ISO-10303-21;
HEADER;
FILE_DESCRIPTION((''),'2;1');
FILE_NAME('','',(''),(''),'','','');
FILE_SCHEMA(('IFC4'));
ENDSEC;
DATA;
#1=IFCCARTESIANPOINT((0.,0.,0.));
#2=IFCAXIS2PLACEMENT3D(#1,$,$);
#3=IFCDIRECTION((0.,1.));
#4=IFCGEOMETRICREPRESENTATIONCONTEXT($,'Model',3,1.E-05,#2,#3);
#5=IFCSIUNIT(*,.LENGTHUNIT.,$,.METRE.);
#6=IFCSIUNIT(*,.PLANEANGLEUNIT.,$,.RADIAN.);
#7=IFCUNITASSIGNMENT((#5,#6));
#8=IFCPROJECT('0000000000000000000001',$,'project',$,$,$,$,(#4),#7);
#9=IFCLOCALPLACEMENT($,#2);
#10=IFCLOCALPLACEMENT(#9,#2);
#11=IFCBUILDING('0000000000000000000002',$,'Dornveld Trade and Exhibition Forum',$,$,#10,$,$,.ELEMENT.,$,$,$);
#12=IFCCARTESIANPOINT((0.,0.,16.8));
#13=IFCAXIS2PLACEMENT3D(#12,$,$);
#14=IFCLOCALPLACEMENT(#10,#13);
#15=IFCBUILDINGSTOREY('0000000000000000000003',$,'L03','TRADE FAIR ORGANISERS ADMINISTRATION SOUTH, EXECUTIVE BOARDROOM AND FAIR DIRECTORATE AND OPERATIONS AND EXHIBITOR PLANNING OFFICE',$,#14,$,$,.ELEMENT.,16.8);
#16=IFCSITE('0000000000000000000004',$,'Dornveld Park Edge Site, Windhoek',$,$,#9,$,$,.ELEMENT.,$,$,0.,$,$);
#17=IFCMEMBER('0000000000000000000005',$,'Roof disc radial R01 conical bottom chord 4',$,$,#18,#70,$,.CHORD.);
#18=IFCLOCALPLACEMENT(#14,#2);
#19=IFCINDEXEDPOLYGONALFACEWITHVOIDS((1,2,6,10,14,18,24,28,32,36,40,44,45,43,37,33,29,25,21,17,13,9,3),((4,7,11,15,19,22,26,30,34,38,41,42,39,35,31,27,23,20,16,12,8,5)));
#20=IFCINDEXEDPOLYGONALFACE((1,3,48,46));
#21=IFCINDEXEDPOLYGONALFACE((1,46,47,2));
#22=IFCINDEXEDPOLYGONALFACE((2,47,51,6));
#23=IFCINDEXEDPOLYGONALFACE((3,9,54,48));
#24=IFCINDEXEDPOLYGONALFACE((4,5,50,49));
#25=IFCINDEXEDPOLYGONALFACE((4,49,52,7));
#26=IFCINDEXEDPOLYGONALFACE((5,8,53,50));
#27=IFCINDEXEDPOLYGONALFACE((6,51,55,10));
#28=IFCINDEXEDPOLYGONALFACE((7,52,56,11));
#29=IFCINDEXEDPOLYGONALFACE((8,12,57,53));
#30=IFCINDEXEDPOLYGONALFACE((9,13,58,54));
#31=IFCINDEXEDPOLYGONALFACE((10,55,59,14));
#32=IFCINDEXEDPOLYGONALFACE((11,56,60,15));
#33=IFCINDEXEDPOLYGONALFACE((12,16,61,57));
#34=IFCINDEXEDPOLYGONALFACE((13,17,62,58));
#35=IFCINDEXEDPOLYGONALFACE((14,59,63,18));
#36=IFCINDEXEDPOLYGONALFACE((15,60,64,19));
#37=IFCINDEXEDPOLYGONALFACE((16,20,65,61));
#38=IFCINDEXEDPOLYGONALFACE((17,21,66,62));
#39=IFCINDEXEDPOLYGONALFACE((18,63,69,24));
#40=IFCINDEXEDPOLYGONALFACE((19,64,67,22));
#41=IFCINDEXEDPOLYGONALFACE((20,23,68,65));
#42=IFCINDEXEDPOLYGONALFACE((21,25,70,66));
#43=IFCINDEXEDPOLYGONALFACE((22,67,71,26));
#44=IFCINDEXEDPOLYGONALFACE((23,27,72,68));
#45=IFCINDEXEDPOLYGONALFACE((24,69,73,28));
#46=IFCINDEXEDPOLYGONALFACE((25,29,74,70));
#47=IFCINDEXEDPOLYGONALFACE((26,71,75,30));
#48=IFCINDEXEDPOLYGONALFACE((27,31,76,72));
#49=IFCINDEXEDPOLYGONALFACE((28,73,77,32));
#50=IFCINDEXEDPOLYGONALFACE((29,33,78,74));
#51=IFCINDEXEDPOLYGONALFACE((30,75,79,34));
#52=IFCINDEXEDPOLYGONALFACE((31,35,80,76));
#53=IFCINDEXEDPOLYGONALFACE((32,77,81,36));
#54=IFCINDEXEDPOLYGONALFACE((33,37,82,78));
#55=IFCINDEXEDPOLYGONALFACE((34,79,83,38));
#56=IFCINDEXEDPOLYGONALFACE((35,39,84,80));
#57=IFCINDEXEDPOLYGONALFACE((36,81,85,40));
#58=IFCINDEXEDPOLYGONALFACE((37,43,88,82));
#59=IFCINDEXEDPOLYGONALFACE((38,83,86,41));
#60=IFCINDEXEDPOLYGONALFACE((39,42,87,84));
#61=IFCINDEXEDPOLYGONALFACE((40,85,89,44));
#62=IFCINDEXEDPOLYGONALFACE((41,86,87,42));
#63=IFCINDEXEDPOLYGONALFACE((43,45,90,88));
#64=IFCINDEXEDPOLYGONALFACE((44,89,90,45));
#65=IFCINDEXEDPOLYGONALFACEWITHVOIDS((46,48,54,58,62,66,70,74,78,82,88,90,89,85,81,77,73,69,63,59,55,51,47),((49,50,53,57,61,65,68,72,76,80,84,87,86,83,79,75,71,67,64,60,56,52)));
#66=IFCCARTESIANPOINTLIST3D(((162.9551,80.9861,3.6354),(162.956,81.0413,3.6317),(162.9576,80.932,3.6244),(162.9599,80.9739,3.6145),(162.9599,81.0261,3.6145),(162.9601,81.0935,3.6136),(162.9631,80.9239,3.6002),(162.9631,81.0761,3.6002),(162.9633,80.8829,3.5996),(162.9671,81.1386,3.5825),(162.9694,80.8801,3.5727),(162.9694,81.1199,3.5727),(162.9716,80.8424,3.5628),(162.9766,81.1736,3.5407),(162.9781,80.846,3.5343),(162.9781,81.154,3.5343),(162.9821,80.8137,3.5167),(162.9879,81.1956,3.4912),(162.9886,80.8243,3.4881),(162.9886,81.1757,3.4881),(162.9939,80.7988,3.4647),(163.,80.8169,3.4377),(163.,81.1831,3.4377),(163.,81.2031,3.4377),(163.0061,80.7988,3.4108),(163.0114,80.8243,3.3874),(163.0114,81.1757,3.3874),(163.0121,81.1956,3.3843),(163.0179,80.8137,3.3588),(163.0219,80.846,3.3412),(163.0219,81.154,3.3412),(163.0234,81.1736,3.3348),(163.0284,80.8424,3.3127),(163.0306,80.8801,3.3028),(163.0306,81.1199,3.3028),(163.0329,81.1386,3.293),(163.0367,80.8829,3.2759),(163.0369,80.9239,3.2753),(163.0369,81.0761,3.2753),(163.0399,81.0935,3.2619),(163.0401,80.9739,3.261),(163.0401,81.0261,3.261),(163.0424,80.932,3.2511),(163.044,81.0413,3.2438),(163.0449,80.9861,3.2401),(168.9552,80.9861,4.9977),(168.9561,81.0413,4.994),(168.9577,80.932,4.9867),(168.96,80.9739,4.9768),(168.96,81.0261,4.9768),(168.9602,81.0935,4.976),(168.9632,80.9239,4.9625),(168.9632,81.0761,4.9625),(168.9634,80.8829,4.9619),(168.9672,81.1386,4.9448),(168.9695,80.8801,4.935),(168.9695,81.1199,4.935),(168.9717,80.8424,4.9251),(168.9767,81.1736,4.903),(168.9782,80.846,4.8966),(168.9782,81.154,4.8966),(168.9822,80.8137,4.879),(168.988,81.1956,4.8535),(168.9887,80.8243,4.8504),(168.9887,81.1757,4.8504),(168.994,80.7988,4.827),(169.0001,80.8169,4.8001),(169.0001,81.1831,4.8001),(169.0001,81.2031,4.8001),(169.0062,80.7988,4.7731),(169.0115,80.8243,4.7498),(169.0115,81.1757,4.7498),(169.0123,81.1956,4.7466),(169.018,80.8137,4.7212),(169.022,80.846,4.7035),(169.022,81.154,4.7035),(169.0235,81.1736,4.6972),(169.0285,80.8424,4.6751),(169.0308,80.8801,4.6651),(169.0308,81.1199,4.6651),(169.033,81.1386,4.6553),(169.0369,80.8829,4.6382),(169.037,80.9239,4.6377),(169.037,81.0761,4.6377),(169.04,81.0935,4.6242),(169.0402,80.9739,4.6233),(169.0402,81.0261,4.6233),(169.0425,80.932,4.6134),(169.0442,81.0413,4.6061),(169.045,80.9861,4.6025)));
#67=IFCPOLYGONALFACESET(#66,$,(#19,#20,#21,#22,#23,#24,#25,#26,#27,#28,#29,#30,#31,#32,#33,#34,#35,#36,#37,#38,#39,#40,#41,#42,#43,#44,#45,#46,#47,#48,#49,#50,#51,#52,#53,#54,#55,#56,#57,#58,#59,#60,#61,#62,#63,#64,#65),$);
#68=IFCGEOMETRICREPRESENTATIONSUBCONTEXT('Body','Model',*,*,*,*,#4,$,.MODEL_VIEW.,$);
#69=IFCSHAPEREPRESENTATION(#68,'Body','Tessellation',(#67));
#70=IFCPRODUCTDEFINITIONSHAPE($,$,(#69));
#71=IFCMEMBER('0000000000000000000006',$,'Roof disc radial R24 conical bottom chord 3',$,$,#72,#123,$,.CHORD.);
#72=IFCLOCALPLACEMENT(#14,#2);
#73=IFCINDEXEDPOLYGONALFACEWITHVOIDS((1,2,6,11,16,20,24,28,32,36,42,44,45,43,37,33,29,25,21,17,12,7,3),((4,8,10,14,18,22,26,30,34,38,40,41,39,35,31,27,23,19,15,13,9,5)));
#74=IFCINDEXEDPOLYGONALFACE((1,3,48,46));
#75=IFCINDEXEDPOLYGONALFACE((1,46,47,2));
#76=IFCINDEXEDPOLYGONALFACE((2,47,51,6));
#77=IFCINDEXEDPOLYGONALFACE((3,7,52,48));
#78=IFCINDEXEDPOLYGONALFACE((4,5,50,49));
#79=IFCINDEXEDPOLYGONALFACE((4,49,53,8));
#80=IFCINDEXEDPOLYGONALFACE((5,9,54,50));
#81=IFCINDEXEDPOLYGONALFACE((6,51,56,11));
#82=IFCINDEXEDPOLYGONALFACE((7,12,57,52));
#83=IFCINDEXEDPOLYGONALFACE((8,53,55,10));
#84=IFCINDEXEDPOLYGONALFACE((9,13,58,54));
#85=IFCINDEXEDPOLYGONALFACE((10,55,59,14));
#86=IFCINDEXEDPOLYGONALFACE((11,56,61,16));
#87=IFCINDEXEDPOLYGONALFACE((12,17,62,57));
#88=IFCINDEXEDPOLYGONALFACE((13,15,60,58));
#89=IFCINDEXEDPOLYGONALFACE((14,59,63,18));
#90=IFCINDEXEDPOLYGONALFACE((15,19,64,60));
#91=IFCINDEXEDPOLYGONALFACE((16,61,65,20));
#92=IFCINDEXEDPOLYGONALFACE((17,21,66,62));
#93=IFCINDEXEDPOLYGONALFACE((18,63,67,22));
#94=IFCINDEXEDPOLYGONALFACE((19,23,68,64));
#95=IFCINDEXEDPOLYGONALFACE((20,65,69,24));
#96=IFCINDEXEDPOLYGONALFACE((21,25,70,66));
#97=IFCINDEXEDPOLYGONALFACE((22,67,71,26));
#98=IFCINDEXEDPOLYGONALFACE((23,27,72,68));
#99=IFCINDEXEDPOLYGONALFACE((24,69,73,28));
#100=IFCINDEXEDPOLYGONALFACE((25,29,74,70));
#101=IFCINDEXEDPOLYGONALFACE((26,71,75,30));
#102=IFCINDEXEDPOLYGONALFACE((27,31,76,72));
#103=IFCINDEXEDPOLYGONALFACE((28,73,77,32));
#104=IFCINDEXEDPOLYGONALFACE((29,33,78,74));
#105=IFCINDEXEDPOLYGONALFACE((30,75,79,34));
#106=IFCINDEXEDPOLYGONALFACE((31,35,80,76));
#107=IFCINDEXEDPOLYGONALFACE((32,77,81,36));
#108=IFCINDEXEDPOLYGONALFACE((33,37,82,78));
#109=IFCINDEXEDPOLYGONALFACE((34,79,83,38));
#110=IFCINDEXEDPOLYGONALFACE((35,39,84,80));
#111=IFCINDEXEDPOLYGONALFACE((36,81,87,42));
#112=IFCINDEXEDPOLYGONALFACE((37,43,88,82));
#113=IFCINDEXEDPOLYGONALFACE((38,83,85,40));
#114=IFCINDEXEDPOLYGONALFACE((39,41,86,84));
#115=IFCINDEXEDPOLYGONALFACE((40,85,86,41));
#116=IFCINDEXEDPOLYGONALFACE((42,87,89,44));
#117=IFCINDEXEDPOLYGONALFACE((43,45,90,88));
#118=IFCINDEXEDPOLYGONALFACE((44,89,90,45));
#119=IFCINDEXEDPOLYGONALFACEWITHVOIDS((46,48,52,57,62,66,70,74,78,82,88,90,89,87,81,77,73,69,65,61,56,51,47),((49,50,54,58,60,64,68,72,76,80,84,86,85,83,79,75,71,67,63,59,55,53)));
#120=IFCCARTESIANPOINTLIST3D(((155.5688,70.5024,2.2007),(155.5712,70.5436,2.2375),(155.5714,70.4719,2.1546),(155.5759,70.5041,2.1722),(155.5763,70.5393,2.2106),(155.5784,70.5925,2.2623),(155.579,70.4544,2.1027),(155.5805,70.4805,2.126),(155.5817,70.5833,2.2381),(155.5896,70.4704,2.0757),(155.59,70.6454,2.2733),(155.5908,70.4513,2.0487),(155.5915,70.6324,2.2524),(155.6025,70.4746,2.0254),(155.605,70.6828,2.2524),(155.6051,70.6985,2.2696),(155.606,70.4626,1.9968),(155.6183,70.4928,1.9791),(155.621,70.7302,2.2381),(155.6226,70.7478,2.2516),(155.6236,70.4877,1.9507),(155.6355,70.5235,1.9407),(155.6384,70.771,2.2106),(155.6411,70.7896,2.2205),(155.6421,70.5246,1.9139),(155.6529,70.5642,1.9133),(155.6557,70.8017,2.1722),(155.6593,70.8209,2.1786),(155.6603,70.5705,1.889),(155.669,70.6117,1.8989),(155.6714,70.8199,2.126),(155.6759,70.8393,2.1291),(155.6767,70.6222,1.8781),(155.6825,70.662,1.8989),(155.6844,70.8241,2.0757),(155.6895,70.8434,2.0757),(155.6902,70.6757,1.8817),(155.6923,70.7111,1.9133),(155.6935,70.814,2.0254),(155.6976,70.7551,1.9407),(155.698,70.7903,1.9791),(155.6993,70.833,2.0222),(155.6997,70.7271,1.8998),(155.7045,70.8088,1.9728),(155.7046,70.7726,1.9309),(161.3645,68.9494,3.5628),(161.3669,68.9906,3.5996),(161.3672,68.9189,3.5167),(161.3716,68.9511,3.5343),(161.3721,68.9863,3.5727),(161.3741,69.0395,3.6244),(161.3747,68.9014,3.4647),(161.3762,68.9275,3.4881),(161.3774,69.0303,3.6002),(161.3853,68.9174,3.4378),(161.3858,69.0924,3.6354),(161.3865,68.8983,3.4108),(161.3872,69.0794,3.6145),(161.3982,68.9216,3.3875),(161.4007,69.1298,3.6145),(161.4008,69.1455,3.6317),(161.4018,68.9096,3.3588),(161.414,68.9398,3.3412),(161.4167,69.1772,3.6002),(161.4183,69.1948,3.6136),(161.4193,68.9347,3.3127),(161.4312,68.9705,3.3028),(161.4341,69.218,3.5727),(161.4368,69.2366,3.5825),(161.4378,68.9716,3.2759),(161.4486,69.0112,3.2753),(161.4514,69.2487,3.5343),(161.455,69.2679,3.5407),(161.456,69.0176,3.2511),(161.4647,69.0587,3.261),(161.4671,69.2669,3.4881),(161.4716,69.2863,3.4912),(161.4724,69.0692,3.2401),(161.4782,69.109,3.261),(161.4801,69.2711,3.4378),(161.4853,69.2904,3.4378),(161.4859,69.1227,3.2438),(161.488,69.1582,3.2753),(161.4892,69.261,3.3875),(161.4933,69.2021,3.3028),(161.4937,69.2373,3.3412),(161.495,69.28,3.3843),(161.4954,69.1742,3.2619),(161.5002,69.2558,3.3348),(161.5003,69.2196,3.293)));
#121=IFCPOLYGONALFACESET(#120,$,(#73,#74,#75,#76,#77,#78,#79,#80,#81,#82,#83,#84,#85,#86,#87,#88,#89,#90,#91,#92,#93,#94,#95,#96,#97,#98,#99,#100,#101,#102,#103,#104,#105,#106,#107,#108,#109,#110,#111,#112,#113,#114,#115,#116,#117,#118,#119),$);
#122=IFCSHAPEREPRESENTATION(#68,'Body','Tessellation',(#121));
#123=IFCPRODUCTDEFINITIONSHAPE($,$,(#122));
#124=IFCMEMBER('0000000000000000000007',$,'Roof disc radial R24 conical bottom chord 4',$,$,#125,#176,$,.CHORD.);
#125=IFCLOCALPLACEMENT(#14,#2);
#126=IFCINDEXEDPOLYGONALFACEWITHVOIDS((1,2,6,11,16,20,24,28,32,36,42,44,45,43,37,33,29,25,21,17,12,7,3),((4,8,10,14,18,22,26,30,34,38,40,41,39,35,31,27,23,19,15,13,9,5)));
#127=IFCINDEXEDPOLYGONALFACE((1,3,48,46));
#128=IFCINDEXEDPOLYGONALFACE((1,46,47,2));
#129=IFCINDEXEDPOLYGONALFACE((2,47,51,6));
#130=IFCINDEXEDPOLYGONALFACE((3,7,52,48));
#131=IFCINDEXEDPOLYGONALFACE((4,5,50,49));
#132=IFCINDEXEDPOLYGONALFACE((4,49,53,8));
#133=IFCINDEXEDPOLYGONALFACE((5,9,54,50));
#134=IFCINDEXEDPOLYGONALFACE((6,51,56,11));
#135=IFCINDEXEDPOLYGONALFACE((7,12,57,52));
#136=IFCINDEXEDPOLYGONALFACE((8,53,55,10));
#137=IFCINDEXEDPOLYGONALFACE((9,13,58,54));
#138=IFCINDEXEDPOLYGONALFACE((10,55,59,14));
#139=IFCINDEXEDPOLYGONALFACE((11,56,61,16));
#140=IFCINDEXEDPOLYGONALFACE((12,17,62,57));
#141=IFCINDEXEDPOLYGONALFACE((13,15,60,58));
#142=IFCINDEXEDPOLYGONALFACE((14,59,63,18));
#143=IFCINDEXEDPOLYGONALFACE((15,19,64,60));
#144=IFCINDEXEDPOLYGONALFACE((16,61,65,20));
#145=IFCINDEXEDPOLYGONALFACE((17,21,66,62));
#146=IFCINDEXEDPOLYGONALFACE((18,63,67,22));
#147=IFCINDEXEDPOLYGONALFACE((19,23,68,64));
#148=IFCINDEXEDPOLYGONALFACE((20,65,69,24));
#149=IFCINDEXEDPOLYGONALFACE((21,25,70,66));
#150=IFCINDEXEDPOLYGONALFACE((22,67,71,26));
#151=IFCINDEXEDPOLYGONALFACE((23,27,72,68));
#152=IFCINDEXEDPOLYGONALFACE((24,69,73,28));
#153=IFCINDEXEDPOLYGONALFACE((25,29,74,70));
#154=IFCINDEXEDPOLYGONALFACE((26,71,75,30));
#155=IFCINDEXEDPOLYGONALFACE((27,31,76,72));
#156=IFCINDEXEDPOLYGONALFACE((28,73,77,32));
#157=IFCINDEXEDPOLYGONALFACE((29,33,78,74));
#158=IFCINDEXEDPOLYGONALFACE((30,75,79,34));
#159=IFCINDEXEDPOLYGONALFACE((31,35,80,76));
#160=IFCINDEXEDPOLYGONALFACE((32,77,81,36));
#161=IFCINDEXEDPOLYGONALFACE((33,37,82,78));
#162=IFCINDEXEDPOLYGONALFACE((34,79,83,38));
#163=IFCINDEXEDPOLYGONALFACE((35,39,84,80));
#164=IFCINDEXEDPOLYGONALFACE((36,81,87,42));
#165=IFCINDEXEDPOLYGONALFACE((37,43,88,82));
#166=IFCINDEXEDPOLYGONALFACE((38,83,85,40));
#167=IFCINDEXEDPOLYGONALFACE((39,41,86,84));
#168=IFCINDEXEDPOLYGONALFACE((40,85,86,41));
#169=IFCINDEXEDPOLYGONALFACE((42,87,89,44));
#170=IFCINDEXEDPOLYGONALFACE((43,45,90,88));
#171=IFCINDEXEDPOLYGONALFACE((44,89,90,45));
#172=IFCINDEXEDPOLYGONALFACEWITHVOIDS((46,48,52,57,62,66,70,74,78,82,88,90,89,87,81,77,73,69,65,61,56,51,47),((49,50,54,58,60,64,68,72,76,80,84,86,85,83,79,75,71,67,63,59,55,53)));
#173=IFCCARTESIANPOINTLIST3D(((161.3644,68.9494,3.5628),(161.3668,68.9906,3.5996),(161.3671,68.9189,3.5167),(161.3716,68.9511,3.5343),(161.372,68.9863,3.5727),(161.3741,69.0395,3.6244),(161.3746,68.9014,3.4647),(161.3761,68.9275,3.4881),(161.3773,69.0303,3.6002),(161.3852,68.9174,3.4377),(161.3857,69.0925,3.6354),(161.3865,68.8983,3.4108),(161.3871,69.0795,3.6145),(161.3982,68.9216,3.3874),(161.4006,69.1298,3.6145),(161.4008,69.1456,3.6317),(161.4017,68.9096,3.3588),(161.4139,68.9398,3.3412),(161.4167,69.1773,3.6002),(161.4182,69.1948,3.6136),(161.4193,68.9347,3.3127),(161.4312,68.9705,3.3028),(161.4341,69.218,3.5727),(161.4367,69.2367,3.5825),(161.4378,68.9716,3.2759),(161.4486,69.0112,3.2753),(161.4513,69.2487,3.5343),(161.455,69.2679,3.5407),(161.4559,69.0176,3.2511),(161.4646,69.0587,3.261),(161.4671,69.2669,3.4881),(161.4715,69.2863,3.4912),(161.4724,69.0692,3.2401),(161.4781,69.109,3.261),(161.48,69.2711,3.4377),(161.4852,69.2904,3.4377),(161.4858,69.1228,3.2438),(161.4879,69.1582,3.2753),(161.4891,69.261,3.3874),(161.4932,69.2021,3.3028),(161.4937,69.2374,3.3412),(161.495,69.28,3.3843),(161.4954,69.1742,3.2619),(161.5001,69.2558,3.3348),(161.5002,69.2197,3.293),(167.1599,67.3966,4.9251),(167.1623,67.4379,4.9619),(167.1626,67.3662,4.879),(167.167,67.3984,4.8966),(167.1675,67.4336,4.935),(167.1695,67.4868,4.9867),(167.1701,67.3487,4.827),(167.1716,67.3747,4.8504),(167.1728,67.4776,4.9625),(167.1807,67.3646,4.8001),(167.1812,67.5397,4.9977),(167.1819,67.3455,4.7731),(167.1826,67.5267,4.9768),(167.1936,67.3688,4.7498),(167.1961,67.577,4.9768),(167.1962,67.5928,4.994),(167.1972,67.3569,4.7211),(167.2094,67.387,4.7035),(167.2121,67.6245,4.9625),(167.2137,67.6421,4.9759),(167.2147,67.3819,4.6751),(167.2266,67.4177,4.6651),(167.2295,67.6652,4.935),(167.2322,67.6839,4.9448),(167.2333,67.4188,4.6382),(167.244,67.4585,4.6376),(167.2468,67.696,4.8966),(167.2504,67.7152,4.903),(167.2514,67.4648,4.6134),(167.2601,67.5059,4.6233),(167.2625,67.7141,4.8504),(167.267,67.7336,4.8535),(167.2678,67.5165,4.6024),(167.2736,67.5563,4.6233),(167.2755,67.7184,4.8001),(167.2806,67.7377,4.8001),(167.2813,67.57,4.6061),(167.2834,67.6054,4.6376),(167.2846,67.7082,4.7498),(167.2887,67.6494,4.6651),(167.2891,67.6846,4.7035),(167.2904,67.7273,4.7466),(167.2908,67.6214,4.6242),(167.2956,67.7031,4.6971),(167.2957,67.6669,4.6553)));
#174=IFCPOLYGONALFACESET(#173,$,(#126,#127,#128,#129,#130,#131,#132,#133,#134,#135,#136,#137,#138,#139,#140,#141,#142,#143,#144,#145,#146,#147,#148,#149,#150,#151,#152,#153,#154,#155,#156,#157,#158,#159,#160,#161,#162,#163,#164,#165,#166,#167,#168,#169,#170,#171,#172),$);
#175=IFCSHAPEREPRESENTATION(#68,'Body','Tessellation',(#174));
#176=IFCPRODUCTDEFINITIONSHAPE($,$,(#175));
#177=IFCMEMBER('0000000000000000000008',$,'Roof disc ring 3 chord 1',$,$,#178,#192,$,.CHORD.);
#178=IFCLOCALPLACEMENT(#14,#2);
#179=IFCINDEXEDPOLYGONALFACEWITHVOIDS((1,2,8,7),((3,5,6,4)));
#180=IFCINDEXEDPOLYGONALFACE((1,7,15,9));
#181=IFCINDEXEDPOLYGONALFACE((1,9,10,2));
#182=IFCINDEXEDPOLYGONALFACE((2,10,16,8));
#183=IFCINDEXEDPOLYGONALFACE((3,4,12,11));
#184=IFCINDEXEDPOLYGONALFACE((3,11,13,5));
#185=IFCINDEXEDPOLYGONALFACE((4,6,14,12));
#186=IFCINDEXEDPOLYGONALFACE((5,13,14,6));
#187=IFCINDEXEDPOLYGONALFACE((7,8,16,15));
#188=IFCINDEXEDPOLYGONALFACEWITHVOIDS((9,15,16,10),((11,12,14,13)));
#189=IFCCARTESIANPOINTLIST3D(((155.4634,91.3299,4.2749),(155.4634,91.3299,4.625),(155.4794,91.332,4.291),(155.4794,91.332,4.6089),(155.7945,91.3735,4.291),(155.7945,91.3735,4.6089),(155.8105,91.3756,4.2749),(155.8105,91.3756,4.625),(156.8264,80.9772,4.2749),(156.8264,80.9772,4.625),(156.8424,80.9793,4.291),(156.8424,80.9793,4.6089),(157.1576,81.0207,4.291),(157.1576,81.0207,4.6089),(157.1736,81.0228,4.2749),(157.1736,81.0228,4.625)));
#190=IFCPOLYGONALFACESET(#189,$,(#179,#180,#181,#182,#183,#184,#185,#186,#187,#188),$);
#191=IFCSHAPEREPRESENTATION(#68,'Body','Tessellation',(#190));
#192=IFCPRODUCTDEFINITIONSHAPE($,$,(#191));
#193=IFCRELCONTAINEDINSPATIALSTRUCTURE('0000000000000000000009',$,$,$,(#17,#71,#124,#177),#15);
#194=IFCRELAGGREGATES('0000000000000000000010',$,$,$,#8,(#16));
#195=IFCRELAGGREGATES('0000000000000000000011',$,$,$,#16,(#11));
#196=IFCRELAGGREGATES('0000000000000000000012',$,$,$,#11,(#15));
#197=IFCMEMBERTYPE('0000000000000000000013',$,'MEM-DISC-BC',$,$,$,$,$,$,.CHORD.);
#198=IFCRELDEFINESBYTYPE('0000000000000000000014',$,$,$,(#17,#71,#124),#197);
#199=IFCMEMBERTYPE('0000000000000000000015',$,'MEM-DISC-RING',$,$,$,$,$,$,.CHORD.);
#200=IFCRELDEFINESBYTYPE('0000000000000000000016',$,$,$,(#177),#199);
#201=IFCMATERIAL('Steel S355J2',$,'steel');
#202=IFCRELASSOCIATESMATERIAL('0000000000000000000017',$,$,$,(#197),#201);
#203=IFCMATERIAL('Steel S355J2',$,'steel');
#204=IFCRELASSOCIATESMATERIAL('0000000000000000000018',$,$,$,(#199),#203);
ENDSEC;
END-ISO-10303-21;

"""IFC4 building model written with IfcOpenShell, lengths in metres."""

from ifc_helpers import new_model, si_unit, direction, frame, origin, origin_2d, place, context, subcontext, project, spatial, hollow_rectangle, hollow_circle, extrude, material, material_profile, profile_set, type_object, element, save


model = new_model("IFC4")

# Units and contexts
model_context = context("Model", 3, precision=1e-05, world=origin(), true_north=direction((0.0, 1.0)))
body_context = subcontext(model_context, "Body", "Model", "MODEL_VIEW")
ifc_project = project(units=[si_unit("LENGTHUNIT", "METRE"), si_unit("PLANEANGLEUNIT", "RADIAN")], contexts=[model_context])

# Site, building, storey
site_placement = place(None, origin())
site = spatial("IfcSite", under=ifc_project, at=site_placement, Name="Dornveld Park Edge Site, Windhoek", CompositionType="ELEMENT", RefElevation=0.0)
building_placement = place(site_placement, origin())
building = spatial("IfcBuilding", under=site, at=building_placement, Name="Dornveld Trade and Exhibition Forum", CompositionType="ELEMENT")
storey_placement = place(building_placement, frame((0.0, 0.0, 16.8)))
storey = spatial("IfcBuildingStorey", under=building, at=storey_placement, Name="L03", Description="TRADE FAIR ORGANISERS ADMINISTRATION SOUTH, EXECUTIVE BOARDROOM AND FAIR DIRECTORATE AND OPERATIONS AND EXHIBITOR PLANNING OFFICE", CompositionType="ELEMENT", Elevation=16.8)

# Members
ifc_material_1 = material(Name="Steel S355J2", Category="steel")
ifc_material_profile_1 = material_profile(ifc_material_1, hollow_circle(Radius=0.2031, WallThickness=0.02, at=origin_2d()), Name="CHS 406.4x20")
ifc_profile_set_1 = profile_set([ifc_material_profile_1], Name="Steel S355J2")
member_type_1 = type_object("IfcMemberType", Name="MEM-DISC-BC", PredefinedType="CHORD", material=ifc_profile_set_1)
for number, where, z_axis, x_axis, name in (
    (1, (163.0, 81.0, 3.4377), (0.97518, 0.0, 0.221415), (0.0, 1.0, 0.0), "Roof disc radial R01 conical bottom chord 4"),
    (2, (155.637, 70.6472, 2.0757), (0.941959, -0.252403, 0.221374), (0.258825, 0.965924, 0.0), "Roof disc radial R24 conical bottom chord 3"),
):
    element("IfcMember", number, at=place(storey_placement, frame(where, z_axis=z_axis, x_axis=x_axis)), inside=storey, type_object=member_type_1, Name=name, PredefinedType="CHORD", context=body_context, shape_type="SweptSolid", body=[
        extrude(hollow_circle(Radius=0.2031, WallThickness=0.02, at=origin_2d()), origin(), (0.0, 0.0, 1.0), 6.1528),
    ])
member_1_placement = place(storey_placement, frame((161.4326, 69.0942, 3.4377), z_axis=(0.941955, -0.252373, 0.221422), x_axis=(0.258797, 0.965932, 0.0)))
element("IfcMember", 3, at=member_1_placement, inside=storey, type_object=member_type_1, Name="Roof disc radial R24 conical bottom chord 4", PredefinedType="CHORD", context=body_context, shape_type="SweptSolid", body=[
    extrude(hollow_circle(Radius=0.2031, WallThickness=0.02, at=origin_2d()), origin(), (0.0, 0.0, 1.0), 6.1526),
])
ifc_material_2 = material(Name="Steel S355J2", Category="steel")
ifc_material_profile_2 = material_profile(ifc_material_2, hollow_rectangle(XDim=0.3501, YDim=0.3501, WallThickness=0.0161, at=origin_2d()), Name="SHS 350x350x16")
ifc_profile_set_2 = profile_set([ifc_material_profile_2], Name="Steel S355J2")
member_type_2 = type_object("IfcMemberType", Name="MEM-DISC-RING", PredefinedType="CHORD", material=ifc_profile_set_2)
member_2_placement = place(storey_placement, frame((157.0, 81.0, 4.45), z_axis=(-0.130533, 0.991444, 0.0), x_axis=(-0.991444, -0.130533, 0.0)))
element("IfcMember", 4, at=member_2_placement, inside=storey, type_object=member_type_2, Name="Roof disc ring 3 chord 1", PredefinedType="CHORD", context=body_context, shape_type="SweptSolid", body=[
    extrude(hollow_rectangle(XDim=0.3501, YDim=0.3501, WallThickness=0.0161, at=origin_2d()), origin(), (0.0, 0.0, 1.0), 10.4421),
])

save(model, "model.ifc")
